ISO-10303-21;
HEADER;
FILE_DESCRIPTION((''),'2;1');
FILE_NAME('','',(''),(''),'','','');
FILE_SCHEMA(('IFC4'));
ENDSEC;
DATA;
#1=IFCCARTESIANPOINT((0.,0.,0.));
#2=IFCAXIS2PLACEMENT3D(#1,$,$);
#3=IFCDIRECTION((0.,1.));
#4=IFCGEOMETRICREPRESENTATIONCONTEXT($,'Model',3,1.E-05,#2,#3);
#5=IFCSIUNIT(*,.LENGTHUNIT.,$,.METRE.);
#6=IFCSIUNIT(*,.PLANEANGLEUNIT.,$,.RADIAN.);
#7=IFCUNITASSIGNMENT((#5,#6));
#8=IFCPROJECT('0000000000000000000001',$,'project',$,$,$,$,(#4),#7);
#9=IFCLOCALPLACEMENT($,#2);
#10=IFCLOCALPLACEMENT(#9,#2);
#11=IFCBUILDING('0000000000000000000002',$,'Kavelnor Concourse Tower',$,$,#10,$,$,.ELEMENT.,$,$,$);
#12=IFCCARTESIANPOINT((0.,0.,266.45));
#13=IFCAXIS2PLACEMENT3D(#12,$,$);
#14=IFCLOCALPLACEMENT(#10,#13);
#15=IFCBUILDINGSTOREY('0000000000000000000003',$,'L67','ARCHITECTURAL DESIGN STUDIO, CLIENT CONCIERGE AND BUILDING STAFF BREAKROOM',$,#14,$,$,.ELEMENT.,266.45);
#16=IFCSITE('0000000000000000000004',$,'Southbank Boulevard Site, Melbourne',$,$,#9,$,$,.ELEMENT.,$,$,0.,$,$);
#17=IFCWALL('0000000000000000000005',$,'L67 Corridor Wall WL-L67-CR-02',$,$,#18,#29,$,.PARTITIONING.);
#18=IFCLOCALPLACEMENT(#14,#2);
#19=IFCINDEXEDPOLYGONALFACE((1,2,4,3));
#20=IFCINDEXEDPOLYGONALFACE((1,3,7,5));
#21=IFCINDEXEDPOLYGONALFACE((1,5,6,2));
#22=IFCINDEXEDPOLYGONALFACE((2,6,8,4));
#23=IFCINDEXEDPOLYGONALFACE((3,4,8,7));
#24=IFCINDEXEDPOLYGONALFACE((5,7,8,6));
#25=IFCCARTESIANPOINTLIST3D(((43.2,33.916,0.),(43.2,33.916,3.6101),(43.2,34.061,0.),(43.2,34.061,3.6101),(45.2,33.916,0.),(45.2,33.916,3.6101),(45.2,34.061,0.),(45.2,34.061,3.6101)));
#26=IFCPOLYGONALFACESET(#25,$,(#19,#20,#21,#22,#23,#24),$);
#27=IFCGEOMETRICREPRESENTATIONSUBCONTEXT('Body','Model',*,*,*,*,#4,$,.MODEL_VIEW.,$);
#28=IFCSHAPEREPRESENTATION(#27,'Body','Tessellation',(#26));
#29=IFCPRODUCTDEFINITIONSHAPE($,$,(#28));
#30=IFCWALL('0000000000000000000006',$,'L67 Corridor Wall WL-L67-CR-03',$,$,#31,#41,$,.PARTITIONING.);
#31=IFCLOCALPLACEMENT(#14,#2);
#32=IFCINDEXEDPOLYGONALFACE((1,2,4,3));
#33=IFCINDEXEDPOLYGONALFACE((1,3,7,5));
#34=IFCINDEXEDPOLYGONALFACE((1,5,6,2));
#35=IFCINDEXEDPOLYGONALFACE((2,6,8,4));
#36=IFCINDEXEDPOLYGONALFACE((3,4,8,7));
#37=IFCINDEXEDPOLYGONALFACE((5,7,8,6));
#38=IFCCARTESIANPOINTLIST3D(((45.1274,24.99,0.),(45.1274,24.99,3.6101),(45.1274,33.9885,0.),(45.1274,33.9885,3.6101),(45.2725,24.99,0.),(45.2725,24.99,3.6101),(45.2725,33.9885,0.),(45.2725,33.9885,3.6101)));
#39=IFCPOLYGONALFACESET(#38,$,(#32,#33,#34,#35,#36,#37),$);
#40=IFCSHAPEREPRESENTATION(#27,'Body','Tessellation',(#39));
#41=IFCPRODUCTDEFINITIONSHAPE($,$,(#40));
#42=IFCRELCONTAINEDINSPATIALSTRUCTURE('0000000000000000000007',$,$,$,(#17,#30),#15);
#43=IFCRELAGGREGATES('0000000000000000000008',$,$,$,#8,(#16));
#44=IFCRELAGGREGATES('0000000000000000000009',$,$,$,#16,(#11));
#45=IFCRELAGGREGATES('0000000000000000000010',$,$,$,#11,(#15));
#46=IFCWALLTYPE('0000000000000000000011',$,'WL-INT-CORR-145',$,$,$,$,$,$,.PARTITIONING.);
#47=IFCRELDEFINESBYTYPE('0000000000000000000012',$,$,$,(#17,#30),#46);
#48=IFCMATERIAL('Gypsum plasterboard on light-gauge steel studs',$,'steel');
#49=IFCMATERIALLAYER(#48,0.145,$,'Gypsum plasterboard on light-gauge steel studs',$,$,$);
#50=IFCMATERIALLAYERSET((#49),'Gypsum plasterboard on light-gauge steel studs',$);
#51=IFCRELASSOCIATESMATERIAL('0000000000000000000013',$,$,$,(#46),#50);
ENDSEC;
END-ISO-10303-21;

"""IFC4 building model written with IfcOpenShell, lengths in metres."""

from ifc_helpers import new_model, si_unit, direction, frame, frame_2d, origin, place, context, subcontext, project, spatial, rectangle, extrude, material, layer, layer_set, type_object, element, save


model = new_model("IFC4")

# Units and contexts
model_context = context("Model", 3, precision=1e-05, world=origin(), true_north=direction((0.0, 1.0)))
body_context = subcontext(model_context, "Body", "Model", "MODEL_VIEW")
ifc_project = project(units=[si_unit("LENGTHUNIT", "METRE"), si_unit("PLANEANGLEUNIT", "RADIAN")], contexts=[model_context])

# Site, building, storey
site_placement = place(None, origin())
site = spatial("IfcSite", under=ifc_project, at=site_placement, Name="Southbank Boulevard Site, Melbourne", CompositionType="ELEMENT", RefElevation=0.0)
building_placement = place(site_placement, origin())
building = spatial("IfcBuilding", under=site, at=building_placement, Name="Kavelnor Concourse Tower", CompositionType="ELEMENT")
storey_placement = place(building_placement, frame((0.0, 0.0, 266.45)))
storey = spatial("IfcBuildingStorey", under=building, at=storey_placement, Name="L67", Description="ARCHITECTURAL DESIGN STUDIO, CLIENT CONCIERGE AND BUILDING STAFF BREAKROOM", CompositionType="ELEMENT", Elevation=266.45)

# Walls
ifc_material_1 = material(Name="Gypsum plasterboard on light-gauge steel studs", Category="steel")
ifc_layer_1 = layer(ifc_material_1, 0.145, Name="Gypsum plasterboard on light-gauge steel studs")
ifc_layer_set_1 = layer_set([ifc_layer_1], Name="Gypsum plasterboard on light-gauge steel studs")
wall_type_1 = type_object("IfcWallType", Name="WL-INT-CORR-145", PredefinedType="PARTITIONING", material=ifc_layer_set_1)
wall_1_placement = place(storey_placement, frame((43.2, 33.9885, 0.0), z_axis=(0.0, 0.0, 1.0), x_axis=(1.0, 0.0, 0.0)))
element("IfcWall", 1, at=wall_1_placement, inside=storey, type_object=wall_type_1, Name="L67 Corridor Wall WL-L67-CR-02", PredefinedType="PARTITIONING", context=body_context, shape_type="SweptSolid", body=[
    extrude(rectangle(XDim=2.0, YDim=0.145, at=frame_2d((1.0, 0.0))), origin(), (0.0, 0.0, 1.0), 3.6101),
])
wall_2_placement = place(storey_placement, frame((45.2, 33.9885, 0.0), z_axis=(0.0, 0.0, 1.0), x_axis=(0.0, -1.0, 0.0)))
element("IfcWall", 2, at=wall_2_placement, inside=storey, type_object=wall_type_1, Name="L67 Corridor Wall WL-L67-CR-03", PredefinedType="PARTITIONING", context=body_context, shape_type="SweptSolid", body=[
    extrude(rectangle(XDim=8.9985, YDim=0.145, at=frame_2d((4.4993, 0.0))), origin(), (0.0, 0.0, 1.0), 3.6101),
])

save(model, "model.ifc")
